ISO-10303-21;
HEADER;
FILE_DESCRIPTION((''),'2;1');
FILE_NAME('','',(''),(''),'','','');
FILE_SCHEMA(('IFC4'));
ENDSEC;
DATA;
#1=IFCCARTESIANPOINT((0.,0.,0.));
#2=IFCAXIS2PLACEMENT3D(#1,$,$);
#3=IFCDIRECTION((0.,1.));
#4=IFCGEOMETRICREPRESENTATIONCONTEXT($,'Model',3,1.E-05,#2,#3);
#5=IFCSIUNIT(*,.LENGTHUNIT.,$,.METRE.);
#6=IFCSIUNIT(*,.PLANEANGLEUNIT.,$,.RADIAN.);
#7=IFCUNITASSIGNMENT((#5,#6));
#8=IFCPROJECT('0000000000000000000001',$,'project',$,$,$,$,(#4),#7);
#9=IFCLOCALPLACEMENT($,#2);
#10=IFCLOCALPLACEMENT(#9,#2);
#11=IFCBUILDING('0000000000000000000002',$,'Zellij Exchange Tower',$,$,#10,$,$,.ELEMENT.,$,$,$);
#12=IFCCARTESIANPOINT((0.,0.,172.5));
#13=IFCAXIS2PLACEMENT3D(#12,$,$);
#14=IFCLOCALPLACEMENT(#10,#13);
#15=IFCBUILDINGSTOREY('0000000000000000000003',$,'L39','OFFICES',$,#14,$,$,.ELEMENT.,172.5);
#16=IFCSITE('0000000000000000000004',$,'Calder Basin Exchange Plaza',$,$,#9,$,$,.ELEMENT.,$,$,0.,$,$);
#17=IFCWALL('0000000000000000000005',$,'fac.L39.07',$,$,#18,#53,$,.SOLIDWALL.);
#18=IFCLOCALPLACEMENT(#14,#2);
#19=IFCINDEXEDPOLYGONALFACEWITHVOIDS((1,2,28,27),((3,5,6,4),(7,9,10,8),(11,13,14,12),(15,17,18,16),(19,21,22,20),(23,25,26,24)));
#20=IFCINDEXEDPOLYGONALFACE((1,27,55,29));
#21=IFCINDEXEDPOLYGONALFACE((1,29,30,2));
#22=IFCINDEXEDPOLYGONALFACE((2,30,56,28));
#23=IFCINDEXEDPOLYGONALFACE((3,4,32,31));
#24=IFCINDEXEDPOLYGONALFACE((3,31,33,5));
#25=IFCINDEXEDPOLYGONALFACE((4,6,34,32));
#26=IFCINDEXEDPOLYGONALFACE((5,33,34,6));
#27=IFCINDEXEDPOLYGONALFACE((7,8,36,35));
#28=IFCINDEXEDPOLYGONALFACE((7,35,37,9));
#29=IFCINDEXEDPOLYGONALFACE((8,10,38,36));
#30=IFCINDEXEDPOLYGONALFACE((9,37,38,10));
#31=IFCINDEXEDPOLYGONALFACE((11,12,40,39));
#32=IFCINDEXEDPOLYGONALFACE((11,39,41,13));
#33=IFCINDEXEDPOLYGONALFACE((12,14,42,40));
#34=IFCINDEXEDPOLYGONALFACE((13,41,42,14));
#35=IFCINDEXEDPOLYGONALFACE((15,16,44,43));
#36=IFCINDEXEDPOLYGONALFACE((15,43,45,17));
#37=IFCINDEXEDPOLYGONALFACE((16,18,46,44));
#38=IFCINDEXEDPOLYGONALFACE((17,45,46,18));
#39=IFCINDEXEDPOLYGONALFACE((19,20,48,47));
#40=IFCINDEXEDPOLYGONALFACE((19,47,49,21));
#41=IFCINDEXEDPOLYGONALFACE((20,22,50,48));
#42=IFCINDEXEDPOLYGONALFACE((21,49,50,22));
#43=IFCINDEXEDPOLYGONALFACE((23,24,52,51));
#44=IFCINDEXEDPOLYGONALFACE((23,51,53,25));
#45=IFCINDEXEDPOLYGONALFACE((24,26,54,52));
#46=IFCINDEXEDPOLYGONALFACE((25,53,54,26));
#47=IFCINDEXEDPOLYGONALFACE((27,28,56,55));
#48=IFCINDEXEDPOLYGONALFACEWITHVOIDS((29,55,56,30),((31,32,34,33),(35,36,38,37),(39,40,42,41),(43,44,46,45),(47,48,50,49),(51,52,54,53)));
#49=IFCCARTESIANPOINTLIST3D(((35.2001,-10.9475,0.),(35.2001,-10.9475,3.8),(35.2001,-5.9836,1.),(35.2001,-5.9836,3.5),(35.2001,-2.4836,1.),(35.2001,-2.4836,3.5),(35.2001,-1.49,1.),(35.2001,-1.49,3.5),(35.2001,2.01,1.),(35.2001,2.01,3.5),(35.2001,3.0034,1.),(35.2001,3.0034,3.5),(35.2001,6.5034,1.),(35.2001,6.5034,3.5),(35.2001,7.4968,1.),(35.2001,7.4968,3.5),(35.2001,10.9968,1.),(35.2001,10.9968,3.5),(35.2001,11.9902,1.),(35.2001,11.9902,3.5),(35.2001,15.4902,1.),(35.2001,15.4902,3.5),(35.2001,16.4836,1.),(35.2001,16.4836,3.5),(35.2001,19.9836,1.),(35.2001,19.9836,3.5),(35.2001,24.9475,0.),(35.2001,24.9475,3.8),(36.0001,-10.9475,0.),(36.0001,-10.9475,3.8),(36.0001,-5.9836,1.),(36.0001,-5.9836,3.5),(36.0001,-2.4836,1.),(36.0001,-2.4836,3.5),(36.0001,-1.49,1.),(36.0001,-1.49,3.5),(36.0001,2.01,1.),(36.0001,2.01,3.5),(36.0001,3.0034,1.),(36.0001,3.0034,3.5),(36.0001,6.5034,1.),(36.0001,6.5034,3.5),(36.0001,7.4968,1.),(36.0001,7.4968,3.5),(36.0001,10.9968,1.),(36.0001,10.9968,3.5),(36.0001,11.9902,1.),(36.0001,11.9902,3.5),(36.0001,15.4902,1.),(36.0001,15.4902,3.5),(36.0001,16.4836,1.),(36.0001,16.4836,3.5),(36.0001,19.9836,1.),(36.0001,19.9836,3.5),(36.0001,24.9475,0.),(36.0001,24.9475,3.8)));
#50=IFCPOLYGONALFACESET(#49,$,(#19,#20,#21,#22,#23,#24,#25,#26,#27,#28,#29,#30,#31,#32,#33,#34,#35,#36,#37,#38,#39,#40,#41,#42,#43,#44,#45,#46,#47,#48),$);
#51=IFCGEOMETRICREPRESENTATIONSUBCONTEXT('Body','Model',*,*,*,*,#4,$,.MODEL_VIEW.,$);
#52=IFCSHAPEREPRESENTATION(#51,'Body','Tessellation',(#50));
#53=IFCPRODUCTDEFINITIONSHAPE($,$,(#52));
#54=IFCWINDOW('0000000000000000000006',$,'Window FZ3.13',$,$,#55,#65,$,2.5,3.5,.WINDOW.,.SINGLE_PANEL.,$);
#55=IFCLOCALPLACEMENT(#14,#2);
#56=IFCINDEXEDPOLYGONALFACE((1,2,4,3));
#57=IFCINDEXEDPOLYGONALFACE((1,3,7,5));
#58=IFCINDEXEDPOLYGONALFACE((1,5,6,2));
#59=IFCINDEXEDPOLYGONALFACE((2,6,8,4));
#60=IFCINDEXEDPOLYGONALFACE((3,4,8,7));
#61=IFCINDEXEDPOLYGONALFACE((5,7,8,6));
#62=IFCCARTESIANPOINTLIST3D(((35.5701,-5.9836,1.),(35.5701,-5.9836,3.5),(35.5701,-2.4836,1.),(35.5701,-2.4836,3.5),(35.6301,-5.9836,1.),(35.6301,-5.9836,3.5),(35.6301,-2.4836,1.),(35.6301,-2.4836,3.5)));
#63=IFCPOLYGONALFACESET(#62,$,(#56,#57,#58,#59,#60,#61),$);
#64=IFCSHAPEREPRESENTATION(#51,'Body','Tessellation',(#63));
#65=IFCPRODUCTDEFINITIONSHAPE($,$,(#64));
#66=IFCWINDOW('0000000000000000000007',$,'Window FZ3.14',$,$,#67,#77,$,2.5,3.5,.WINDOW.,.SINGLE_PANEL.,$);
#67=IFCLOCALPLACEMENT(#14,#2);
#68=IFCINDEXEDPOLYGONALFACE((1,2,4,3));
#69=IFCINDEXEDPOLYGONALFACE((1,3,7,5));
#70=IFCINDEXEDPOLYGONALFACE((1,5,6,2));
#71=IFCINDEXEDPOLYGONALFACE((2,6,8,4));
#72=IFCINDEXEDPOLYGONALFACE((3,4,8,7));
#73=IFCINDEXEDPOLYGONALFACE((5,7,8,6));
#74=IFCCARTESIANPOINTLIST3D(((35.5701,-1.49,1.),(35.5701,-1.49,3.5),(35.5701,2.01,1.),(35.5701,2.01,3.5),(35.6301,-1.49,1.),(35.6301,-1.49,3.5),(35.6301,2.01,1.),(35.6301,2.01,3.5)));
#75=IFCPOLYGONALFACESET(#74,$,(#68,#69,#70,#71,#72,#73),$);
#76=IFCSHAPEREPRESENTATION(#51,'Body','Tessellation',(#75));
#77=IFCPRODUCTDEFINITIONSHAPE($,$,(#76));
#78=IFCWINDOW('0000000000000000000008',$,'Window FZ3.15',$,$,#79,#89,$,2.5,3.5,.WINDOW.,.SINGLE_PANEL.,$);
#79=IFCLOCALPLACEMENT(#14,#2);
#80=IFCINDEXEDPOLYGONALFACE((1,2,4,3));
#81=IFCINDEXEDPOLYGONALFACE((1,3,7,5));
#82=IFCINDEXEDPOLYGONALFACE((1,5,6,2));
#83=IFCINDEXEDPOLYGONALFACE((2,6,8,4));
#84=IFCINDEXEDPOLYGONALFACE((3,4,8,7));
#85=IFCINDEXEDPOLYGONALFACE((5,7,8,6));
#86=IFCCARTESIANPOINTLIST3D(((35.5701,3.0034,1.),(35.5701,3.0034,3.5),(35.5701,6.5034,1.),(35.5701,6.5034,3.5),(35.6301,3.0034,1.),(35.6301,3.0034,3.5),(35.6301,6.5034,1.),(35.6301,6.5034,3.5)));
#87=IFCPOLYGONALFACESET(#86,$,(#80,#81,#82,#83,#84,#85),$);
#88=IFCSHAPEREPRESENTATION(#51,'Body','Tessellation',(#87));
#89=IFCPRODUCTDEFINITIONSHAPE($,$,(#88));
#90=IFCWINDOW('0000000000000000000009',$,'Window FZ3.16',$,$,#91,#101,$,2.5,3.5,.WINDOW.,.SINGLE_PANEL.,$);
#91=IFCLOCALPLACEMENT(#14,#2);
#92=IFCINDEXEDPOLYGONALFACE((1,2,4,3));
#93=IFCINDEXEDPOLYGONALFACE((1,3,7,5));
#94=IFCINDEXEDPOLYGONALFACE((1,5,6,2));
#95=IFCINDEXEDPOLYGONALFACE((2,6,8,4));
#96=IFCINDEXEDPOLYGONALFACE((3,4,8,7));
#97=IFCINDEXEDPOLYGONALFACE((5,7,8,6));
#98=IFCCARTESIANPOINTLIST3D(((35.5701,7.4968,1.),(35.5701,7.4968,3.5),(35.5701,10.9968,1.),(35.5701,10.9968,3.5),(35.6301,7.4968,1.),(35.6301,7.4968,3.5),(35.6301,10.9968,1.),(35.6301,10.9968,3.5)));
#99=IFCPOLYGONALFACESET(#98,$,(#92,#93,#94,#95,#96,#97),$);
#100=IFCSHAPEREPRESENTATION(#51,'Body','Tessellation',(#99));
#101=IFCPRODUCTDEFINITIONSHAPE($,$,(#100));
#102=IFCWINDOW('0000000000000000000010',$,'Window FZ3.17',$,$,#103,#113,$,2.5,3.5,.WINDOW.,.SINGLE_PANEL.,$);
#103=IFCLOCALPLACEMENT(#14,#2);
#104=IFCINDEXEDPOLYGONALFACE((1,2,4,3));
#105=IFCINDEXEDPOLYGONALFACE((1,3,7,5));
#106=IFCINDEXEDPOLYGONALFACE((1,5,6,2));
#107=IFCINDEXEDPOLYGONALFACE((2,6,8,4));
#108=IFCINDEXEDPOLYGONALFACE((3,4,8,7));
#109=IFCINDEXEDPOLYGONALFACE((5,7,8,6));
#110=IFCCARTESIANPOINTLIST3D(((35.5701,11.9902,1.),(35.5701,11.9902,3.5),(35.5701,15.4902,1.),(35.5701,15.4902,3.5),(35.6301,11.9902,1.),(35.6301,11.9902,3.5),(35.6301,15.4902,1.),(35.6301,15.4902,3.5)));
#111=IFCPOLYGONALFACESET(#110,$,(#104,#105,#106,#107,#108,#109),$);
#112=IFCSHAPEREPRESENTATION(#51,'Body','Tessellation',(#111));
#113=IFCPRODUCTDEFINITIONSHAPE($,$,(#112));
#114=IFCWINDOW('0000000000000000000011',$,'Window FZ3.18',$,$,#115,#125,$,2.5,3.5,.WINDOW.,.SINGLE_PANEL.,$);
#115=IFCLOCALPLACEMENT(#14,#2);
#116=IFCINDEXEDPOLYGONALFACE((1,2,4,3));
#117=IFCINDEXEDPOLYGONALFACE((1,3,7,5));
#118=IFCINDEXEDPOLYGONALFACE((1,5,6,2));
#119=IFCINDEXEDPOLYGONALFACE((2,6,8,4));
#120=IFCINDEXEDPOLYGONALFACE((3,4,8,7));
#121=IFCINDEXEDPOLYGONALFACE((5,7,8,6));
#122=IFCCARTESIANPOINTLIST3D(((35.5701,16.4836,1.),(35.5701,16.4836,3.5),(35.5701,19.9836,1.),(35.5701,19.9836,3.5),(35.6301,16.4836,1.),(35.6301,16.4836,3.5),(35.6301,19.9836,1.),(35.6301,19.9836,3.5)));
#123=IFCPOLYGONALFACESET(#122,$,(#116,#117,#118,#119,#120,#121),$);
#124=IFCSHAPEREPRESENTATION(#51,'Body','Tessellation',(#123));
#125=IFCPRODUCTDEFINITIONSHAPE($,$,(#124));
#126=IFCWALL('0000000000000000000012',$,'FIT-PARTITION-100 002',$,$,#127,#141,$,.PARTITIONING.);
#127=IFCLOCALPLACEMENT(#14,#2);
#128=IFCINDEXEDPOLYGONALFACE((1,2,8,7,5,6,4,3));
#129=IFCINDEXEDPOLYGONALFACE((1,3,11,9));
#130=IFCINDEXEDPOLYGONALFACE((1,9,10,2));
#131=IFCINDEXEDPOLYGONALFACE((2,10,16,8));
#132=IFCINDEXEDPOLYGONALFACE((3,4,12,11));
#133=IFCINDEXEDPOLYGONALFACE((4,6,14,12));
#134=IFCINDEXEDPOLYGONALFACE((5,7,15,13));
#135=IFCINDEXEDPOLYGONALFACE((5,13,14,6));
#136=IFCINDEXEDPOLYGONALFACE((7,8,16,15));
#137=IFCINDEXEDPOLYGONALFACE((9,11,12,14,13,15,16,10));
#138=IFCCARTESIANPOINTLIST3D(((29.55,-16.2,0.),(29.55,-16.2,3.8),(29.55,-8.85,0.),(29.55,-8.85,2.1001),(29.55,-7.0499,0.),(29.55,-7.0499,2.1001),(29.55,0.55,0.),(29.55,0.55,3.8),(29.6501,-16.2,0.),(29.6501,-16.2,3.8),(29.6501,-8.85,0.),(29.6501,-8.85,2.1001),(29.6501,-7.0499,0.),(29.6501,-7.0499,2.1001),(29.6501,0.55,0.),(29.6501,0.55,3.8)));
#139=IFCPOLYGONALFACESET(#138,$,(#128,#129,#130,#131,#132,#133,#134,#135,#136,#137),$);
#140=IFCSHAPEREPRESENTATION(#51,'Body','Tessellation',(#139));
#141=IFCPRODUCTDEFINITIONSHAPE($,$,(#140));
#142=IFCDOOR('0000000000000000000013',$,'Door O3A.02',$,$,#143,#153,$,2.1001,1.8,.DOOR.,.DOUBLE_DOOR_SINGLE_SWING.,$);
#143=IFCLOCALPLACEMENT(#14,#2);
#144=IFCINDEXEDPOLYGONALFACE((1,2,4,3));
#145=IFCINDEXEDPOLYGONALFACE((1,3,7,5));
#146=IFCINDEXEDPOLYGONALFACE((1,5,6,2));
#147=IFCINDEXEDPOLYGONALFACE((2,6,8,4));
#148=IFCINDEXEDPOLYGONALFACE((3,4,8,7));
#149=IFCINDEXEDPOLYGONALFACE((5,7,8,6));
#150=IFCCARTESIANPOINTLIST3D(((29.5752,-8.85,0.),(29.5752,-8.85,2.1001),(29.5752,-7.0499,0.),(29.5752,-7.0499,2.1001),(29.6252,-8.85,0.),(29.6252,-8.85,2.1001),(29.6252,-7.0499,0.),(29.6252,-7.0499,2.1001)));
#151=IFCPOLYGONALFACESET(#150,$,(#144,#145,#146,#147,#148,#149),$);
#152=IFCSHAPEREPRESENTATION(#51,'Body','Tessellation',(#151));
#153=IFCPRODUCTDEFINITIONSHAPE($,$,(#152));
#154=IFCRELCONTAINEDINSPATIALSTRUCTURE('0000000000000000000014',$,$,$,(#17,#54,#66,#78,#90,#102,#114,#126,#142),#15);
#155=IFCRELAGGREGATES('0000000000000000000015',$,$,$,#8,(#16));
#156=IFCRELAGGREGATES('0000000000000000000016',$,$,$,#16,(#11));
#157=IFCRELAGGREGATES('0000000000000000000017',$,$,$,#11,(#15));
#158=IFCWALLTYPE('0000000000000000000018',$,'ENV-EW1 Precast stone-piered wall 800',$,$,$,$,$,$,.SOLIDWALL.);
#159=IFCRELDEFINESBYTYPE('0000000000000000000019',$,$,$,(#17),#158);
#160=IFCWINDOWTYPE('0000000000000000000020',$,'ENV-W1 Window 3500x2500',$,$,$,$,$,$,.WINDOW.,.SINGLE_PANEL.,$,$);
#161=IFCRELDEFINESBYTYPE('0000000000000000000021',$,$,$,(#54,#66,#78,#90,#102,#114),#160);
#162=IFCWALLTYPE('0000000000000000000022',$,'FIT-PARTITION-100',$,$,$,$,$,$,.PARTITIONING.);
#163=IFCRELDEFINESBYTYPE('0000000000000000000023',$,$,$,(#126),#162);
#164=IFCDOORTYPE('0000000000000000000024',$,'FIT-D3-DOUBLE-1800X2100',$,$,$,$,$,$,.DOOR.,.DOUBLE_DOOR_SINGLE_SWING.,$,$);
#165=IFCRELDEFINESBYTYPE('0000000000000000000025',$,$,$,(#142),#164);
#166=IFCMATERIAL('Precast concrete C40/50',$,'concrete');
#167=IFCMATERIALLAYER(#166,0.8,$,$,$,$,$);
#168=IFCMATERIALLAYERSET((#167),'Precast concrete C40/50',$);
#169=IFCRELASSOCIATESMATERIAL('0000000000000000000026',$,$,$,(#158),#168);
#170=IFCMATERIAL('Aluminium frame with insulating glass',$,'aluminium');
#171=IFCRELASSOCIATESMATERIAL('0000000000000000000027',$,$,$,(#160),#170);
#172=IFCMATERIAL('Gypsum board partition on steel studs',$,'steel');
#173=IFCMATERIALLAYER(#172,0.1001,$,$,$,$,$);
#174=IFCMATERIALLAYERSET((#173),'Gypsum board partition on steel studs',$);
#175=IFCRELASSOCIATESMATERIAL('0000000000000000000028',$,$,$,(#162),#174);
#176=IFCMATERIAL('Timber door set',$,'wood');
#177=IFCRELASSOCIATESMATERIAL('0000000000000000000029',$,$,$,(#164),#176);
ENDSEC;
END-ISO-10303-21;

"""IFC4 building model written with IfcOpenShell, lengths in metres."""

from ifc_helpers import new_model, si_unit, direction, frame, frame_2d, origin, place, context, subcontext, project, spatial, rectangle, extrude, material, layer, layer_set, type_object, element, fill, save


model = new_model("IFC4")

# Units and contexts
model_context = context("Model", 3, precision=1e-05, world=origin(), true_north=direction((0.0, 1.0)))
body_context = subcontext(model_context, "Body", "Model", "MODEL_VIEW")
ifc_project = project(units=[si_unit("LENGTHUNIT", "METRE"), si_unit("PLANEANGLEUNIT", "RADIAN")], contexts=[model_context])

# Site, building, storey
site_placement = place(None, origin())
site = spatial("IfcSite", under=ifc_project, at=site_placement, Name="Calder Basin Exchange Plaza", CompositionType="ELEMENT", RefElevation=0.0)
building_placement = place(site_placement, origin())
building = spatial("IfcBuilding", under=site, at=building_placement, Name="Zellij Exchange Tower", CompositionType="ELEMENT")
storey_placement = place(building_placement, frame((0.0, 0.0, 172.5)))
storey = spatial("IfcBuildingStorey", under=building, at=storey_placement, Name="L39", Description="OFFICES", CompositionType="ELEMENT", Elevation=172.5)

# Shared definitions
ifc_material_1 = material(Name="Precast concrete C40/50", Category="concrete")
ifc_layer_1 = layer(ifc_material_1, 0.8)
ifc_layer_set_1 = layer_set([ifc_layer_1], Name="Precast concrete C40/50")
wall_type_1 = type_object("IfcWallType", Name="ENV-EW1 Precast stone-piered wall 800", PredefinedType="SOLIDWALL", material=ifc_layer_set_1)

# Wall, openings, windows
wall_1_placement = place(storey_placement, frame((35.6001, -10.9475, 0.0), z_axis=(0.0, 0.0, 1.0), x_axis=(0.0, 1.0, 0.0)))
wall_1 = element("IfcWall", 1, at=wall_1_placement, inside=storey, type_object=wall_type_1, Name="fac.L39.07", PredefinedType="SOLIDWALL", context=body_context, shape_type="SweptSolid", body=[
    extrude(rectangle(XDim=35.895, YDim=0.8, at=frame_2d((17.9475, 0.0))), origin(), (0.0, 0.0, 1.0), 3.8),
])
opening_1_placement = place(wall_1_placement, frame((4.9639, 0.0, 1.0)))
opening_1 = element("IfcOpeningElement", 2, at=opening_1_placement, cuts=wall_1, PredefinedType="OPENING", context=body_context, shape_type="SweptSolid", body=[
    extrude(rectangle(XDim=3.5, YDim=2.5, at=frame_2d((1.75, 1.25))), frame((0.0, 0.4121, 0.0), z_axis=(0.0, -1.0, 0.0), x_axis=(1.0, 0.0, 0.0)), (0.0, 0.0, 1.0), 0.824),
])
opening_2_placement = place(wall_1_placement, frame((9.4575, 0.0, 1.0)))
opening_2 = element("IfcOpeningElement", 3, at=opening_2_placement, cuts=wall_1, PredefinedType="OPENING", context=body_context, shape_type="SweptSolid", body=[
    extrude(rectangle(XDim=3.5, YDim=2.5, at=frame_2d((1.75, 1.25))), frame((0.0, 0.4121, 0.0), z_axis=(0.0, -1.0, 0.0), x_axis=(1.0, 0.0, 0.0)), (0.0, 0.0, 1.0), 0.824),
])
opening_3_placement = place(wall_1_placement, frame((13.9509, 0.0, 1.0)))
opening_3 = element("IfcOpeningElement", 4, at=opening_3_placement, cuts=wall_1, PredefinedType="OPENING", context=body_context, shape_type="SweptSolid", body=[
    extrude(rectangle(XDim=3.5, YDim=2.5, at=frame_2d((1.75, 1.25))), frame((0.0, 0.4121, 0.0), z_axis=(0.0, -1.0, 0.0), x_axis=(1.0, 0.0, 0.0)), (0.0, 0.0, 1.0), 0.824),
])
opening_4_placement = place(wall_1_placement, frame((18.4443, 0.0, 1.0)))
opening_4 = element("IfcOpeningElement", 5, at=opening_4_placement, cuts=wall_1, PredefinedType="OPENING", context=body_context, shape_type="SweptSolid", body=[
    extrude(rectangle(XDim=3.5, YDim=2.5, at=frame_2d((1.75, 1.25))), frame((0.0, 0.4121, 0.0), z_axis=(0.0, -1.0, 0.0), x_axis=(1.0, 0.0, 0.0)), (0.0, 0.0, 1.0), 0.824),
])
opening_5_placement = place(wall_1_placement, frame((22.9377, 0.0, 1.0)))
opening_5 = element("IfcOpeningElement", 6, at=opening_5_placement, cuts=wall_1, PredefinedType="OPENING", context=body_context, shape_type="SweptSolid", body=[
    extrude(rectangle(XDim=3.5, YDim=2.5, at=frame_2d((1.75, 1.25))), frame((0.0, 0.4121, 0.0), z_axis=(0.0, -1.0, 0.0), x_axis=(1.0, 0.0, 0.0)), (0.0, 0.0, 1.0), 0.824),
])
opening_6_placement = place(wall_1_placement, frame((27.4312, 0.0, 1.0)))
opening_6 = element("IfcOpeningElement", 7, at=opening_6_placement, cuts=wall_1, PredefinedType="OPENING", context=body_context, shape_type="SweptSolid", body=[
    extrude(rectangle(XDim=3.5, YDim=2.5, at=frame_2d((1.75, 1.25))), frame((0.0, 0.4121, 0.0), z_axis=(0.0, -1.0, 0.0), x_axis=(1.0, 0.0, 0.0)), (0.0, 0.0, 1.0), 0.824),
])
ifc_material_2 = material(Name="Aluminium frame with insulating glass", Category="aluminium")
window_type = type_object("IfcWindowType", Name="ENV-W1 Window 3500x2500", PartitioningType="SINGLE_PANEL", PredefinedType="WINDOW", material=ifc_material_2)
window_1_placement = place(opening_1_placement, origin())
window_1 = element("IfcWindow", 8, at=window_1_placement, inside=storey, type_object=window_type, Name="Window FZ3.13", OverallHeight=2.5, OverallWidth=3.5, PartitioningType="SINGLE_PANEL", PredefinedType="WINDOW", context=body_context, shape_type="SweptSolid", body=[
    extrude(rectangle(XDim=3.5, YDim=2.5, at=frame_2d((1.75, 1.25))), frame((0.0, 0.03, 0.0), z_axis=(0.0, -1.0, 0.0), x_axis=(1.0, 0.0, 0.0)), (0.0, 0.0, 1.0), 0.0601),
])
fill(opening_1, window_1)
window_2_placement = place(opening_2_placement, origin())
window_2 = element("IfcWindow", 9, at=window_2_placement, inside=storey, type_object=window_type, Name="Window FZ3.14", OverallHeight=2.5, OverallWidth=3.5, PartitioningType="SINGLE_PANEL", PredefinedType="WINDOW", context=body_context, shape_type="SweptSolid", body=[
    extrude(rectangle(XDim=3.5, YDim=2.5, at=frame_2d((1.75, 1.25))), frame((0.0, 0.03, 0.0), z_axis=(0.0, -1.0, 0.0), x_axis=(1.0, 0.0, 0.0)), (0.0, 0.0, 1.0), 0.0601),
])
fill(opening_2, window_2)
window_3_placement = place(opening_3_placement, origin())
window_3 = element("IfcWindow", 10, at=window_3_placement, inside=storey, type_object=window_type, Name="Window FZ3.15", OverallHeight=2.5, OverallWidth=3.5, PartitioningType="SINGLE_PANEL", PredefinedType="WINDOW", context=body_context, shape_type="SweptSolid", body=[
    extrude(rectangle(XDim=3.5, YDim=2.5, at=frame_2d((1.75, 1.25))), frame((0.0, 0.03, 0.0), z_axis=(0.0, -1.0, 0.0), x_axis=(1.0, 0.0, 0.0)), (0.0, 0.0, 1.0), 0.0601),
])
fill(opening_3, window_3)
window_4_placement = place(opening_4_placement, origin())
window_4 = element("IfcWindow", 11, at=window_4_placement, inside=storey, type_object=window_type, Name="Window FZ3.16", OverallHeight=2.5, OverallWidth=3.5, PartitioningType="SINGLE_PANEL", PredefinedType="WINDOW", context=body_context, shape_type="SweptSolid", body=[
    extrude(rectangle(XDim=3.5, YDim=2.5, at=frame_2d((1.75, 1.25))), frame((0.0, 0.03, 0.0), z_axis=(0.0, -1.0, 0.0), x_axis=(1.0, 0.0, 0.0)), (0.0, 0.0, 1.0), 0.0601),
])
fill(opening_4, window_4)
window_5_placement = place(opening_5_placement, origin())
window_5 = element("IfcWindow", 12, at=window_5_placement, inside=storey, type_object=window_type, Name="Window FZ3.17", OverallHeight=2.5, OverallWidth=3.5, PartitioningType="SINGLE_PANEL", PredefinedType="WINDOW", context=body_context, shape_type="SweptSolid", body=[
    extrude(rectangle(XDim=3.5, YDim=2.5, at=frame_2d((1.75, 1.25))), frame((0.0, 0.03, 0.0), z_axis=(0.0, -1.0, 0.0), x_axis=(1.0, 0.0, 0.0)), (0.0, 0.0, 1.0), 0.0601),
])
fill(opening_5, window_5)
window_6_placement = place(opening_6_placement, origin())
window_6 = element("IfcWindow", 13, at=window_6_placement, inside=storey, type_object=window_type, Name="Window FZ3.18", OverallHeight=2.5, OverallWidth=3.5, PartitioningType="SINGLE_PANEL", PredefinedType="WINDOW", context=body_context, shape_type="SweptSolid", body=[
    extrude(rectangle(XDim=3.5, YDim=2.5, at=frame_2d((1.75, 1.25))), frame((0.0, 0.03, 0.0), z_axis=(0.0, -1.0, 0.0), x_axis=(1.0, 0.0, 0.0)), (0.0, 0.0, 1.0), 0.0601),
])
fill(opening_6, window_6)

# Wall, opening, door
ifc_material_3 = material(Name="Gypsum board partition on steel studs", Category="steel")
ifc_layer_2 = layer(ifc_material_3, 0.1001)
ifc_layer_set_2 = layer_set([ifc_layer_2], Name="Gypsum board partition on steel studs")
wall_type_2 = type_object("IfcWallType", Name="FIT-PARTITION-100", PredefinedType="PARTITIONING", material=ifc_layer_set_2)
wall_2_placement = place(storey_placement, frame((29.6001, -16.2, 0.0), z_axis=(0.0, 0.0, 1.0), x_axis=(0.0, 1.0, 0.0)))
wall_2 = element("IfcWall", 14, at=wall_2_placement, inside=storey, type_object=wall_type_2, Name="FIT-PARTITION-100 002", PredefinedType="PARTITIONING", context=body_context, shape_type="SweptSolid", body=[
    extrude(rectangle(XDim=16.75, YDim=0.1001, at=frame_2d((8.375, 0.0))), origin(), (0.0, 0.0, 1.0), 3.8),
])
opening_7_placement = place(wall_2_placement, frame((7.3501, 0.0, 0.0)))
opening_7 = element("IfcOpeningElement", 15, at=opening_7_placement, cuts=wall_2, PredefinedType="OPENING", context=body_context, shape_type="SweptSolid", body=[
    extrude(rectangle(XDim=1.8, YDim=2.1001, at=frame_2d((0.8999, 1.05))), frame((0.0, 0.062, 0.0), z_axis=(0.0, -1.0, 0.0), x_axis=(1.0, 0.0, 0.0)), (0.0, 0.0, 1.0), 0.124),
])
ifc_material_4 = material(Name="Timber door set", Category="wood")
door_type_1 = type_object("IfcDoorType", Name="FIT-D3-DOUBLE-1800X2100", OperationType="DOUBLE_DOOR_SINGLE_SWING", PredefinedType="DOOR", material=ifc_material_4)
door_1_placement = place(opening_7_placement, origin())
door_1 = element("IfcDoor", 16, at=door_1_placement, inside=storey, type_object=door_type_1, Name="Door O3A.02", OperationType="DOUBLE_DOOR_SINGLE_SWING", OverallHeight=2.1001, OverallWidth=1.8, PredefinedType="DOOR", context=body_context, shape_type="SweptSolid", body=[
    extrude(rectangle(XDim=1.8, YDim=2.1001, at=frame_2d((0.8999, 1.05))), frame((0.0, 0.0249, 0.0), z_axis=(0.0, -1.0, 0.0), x_axis=(1.0, 0.0, 0.0)), (0.0, 0.0, 1.0), 0.05),
])
fill(opening_7, door_1)

save(model, "model.ifc")
